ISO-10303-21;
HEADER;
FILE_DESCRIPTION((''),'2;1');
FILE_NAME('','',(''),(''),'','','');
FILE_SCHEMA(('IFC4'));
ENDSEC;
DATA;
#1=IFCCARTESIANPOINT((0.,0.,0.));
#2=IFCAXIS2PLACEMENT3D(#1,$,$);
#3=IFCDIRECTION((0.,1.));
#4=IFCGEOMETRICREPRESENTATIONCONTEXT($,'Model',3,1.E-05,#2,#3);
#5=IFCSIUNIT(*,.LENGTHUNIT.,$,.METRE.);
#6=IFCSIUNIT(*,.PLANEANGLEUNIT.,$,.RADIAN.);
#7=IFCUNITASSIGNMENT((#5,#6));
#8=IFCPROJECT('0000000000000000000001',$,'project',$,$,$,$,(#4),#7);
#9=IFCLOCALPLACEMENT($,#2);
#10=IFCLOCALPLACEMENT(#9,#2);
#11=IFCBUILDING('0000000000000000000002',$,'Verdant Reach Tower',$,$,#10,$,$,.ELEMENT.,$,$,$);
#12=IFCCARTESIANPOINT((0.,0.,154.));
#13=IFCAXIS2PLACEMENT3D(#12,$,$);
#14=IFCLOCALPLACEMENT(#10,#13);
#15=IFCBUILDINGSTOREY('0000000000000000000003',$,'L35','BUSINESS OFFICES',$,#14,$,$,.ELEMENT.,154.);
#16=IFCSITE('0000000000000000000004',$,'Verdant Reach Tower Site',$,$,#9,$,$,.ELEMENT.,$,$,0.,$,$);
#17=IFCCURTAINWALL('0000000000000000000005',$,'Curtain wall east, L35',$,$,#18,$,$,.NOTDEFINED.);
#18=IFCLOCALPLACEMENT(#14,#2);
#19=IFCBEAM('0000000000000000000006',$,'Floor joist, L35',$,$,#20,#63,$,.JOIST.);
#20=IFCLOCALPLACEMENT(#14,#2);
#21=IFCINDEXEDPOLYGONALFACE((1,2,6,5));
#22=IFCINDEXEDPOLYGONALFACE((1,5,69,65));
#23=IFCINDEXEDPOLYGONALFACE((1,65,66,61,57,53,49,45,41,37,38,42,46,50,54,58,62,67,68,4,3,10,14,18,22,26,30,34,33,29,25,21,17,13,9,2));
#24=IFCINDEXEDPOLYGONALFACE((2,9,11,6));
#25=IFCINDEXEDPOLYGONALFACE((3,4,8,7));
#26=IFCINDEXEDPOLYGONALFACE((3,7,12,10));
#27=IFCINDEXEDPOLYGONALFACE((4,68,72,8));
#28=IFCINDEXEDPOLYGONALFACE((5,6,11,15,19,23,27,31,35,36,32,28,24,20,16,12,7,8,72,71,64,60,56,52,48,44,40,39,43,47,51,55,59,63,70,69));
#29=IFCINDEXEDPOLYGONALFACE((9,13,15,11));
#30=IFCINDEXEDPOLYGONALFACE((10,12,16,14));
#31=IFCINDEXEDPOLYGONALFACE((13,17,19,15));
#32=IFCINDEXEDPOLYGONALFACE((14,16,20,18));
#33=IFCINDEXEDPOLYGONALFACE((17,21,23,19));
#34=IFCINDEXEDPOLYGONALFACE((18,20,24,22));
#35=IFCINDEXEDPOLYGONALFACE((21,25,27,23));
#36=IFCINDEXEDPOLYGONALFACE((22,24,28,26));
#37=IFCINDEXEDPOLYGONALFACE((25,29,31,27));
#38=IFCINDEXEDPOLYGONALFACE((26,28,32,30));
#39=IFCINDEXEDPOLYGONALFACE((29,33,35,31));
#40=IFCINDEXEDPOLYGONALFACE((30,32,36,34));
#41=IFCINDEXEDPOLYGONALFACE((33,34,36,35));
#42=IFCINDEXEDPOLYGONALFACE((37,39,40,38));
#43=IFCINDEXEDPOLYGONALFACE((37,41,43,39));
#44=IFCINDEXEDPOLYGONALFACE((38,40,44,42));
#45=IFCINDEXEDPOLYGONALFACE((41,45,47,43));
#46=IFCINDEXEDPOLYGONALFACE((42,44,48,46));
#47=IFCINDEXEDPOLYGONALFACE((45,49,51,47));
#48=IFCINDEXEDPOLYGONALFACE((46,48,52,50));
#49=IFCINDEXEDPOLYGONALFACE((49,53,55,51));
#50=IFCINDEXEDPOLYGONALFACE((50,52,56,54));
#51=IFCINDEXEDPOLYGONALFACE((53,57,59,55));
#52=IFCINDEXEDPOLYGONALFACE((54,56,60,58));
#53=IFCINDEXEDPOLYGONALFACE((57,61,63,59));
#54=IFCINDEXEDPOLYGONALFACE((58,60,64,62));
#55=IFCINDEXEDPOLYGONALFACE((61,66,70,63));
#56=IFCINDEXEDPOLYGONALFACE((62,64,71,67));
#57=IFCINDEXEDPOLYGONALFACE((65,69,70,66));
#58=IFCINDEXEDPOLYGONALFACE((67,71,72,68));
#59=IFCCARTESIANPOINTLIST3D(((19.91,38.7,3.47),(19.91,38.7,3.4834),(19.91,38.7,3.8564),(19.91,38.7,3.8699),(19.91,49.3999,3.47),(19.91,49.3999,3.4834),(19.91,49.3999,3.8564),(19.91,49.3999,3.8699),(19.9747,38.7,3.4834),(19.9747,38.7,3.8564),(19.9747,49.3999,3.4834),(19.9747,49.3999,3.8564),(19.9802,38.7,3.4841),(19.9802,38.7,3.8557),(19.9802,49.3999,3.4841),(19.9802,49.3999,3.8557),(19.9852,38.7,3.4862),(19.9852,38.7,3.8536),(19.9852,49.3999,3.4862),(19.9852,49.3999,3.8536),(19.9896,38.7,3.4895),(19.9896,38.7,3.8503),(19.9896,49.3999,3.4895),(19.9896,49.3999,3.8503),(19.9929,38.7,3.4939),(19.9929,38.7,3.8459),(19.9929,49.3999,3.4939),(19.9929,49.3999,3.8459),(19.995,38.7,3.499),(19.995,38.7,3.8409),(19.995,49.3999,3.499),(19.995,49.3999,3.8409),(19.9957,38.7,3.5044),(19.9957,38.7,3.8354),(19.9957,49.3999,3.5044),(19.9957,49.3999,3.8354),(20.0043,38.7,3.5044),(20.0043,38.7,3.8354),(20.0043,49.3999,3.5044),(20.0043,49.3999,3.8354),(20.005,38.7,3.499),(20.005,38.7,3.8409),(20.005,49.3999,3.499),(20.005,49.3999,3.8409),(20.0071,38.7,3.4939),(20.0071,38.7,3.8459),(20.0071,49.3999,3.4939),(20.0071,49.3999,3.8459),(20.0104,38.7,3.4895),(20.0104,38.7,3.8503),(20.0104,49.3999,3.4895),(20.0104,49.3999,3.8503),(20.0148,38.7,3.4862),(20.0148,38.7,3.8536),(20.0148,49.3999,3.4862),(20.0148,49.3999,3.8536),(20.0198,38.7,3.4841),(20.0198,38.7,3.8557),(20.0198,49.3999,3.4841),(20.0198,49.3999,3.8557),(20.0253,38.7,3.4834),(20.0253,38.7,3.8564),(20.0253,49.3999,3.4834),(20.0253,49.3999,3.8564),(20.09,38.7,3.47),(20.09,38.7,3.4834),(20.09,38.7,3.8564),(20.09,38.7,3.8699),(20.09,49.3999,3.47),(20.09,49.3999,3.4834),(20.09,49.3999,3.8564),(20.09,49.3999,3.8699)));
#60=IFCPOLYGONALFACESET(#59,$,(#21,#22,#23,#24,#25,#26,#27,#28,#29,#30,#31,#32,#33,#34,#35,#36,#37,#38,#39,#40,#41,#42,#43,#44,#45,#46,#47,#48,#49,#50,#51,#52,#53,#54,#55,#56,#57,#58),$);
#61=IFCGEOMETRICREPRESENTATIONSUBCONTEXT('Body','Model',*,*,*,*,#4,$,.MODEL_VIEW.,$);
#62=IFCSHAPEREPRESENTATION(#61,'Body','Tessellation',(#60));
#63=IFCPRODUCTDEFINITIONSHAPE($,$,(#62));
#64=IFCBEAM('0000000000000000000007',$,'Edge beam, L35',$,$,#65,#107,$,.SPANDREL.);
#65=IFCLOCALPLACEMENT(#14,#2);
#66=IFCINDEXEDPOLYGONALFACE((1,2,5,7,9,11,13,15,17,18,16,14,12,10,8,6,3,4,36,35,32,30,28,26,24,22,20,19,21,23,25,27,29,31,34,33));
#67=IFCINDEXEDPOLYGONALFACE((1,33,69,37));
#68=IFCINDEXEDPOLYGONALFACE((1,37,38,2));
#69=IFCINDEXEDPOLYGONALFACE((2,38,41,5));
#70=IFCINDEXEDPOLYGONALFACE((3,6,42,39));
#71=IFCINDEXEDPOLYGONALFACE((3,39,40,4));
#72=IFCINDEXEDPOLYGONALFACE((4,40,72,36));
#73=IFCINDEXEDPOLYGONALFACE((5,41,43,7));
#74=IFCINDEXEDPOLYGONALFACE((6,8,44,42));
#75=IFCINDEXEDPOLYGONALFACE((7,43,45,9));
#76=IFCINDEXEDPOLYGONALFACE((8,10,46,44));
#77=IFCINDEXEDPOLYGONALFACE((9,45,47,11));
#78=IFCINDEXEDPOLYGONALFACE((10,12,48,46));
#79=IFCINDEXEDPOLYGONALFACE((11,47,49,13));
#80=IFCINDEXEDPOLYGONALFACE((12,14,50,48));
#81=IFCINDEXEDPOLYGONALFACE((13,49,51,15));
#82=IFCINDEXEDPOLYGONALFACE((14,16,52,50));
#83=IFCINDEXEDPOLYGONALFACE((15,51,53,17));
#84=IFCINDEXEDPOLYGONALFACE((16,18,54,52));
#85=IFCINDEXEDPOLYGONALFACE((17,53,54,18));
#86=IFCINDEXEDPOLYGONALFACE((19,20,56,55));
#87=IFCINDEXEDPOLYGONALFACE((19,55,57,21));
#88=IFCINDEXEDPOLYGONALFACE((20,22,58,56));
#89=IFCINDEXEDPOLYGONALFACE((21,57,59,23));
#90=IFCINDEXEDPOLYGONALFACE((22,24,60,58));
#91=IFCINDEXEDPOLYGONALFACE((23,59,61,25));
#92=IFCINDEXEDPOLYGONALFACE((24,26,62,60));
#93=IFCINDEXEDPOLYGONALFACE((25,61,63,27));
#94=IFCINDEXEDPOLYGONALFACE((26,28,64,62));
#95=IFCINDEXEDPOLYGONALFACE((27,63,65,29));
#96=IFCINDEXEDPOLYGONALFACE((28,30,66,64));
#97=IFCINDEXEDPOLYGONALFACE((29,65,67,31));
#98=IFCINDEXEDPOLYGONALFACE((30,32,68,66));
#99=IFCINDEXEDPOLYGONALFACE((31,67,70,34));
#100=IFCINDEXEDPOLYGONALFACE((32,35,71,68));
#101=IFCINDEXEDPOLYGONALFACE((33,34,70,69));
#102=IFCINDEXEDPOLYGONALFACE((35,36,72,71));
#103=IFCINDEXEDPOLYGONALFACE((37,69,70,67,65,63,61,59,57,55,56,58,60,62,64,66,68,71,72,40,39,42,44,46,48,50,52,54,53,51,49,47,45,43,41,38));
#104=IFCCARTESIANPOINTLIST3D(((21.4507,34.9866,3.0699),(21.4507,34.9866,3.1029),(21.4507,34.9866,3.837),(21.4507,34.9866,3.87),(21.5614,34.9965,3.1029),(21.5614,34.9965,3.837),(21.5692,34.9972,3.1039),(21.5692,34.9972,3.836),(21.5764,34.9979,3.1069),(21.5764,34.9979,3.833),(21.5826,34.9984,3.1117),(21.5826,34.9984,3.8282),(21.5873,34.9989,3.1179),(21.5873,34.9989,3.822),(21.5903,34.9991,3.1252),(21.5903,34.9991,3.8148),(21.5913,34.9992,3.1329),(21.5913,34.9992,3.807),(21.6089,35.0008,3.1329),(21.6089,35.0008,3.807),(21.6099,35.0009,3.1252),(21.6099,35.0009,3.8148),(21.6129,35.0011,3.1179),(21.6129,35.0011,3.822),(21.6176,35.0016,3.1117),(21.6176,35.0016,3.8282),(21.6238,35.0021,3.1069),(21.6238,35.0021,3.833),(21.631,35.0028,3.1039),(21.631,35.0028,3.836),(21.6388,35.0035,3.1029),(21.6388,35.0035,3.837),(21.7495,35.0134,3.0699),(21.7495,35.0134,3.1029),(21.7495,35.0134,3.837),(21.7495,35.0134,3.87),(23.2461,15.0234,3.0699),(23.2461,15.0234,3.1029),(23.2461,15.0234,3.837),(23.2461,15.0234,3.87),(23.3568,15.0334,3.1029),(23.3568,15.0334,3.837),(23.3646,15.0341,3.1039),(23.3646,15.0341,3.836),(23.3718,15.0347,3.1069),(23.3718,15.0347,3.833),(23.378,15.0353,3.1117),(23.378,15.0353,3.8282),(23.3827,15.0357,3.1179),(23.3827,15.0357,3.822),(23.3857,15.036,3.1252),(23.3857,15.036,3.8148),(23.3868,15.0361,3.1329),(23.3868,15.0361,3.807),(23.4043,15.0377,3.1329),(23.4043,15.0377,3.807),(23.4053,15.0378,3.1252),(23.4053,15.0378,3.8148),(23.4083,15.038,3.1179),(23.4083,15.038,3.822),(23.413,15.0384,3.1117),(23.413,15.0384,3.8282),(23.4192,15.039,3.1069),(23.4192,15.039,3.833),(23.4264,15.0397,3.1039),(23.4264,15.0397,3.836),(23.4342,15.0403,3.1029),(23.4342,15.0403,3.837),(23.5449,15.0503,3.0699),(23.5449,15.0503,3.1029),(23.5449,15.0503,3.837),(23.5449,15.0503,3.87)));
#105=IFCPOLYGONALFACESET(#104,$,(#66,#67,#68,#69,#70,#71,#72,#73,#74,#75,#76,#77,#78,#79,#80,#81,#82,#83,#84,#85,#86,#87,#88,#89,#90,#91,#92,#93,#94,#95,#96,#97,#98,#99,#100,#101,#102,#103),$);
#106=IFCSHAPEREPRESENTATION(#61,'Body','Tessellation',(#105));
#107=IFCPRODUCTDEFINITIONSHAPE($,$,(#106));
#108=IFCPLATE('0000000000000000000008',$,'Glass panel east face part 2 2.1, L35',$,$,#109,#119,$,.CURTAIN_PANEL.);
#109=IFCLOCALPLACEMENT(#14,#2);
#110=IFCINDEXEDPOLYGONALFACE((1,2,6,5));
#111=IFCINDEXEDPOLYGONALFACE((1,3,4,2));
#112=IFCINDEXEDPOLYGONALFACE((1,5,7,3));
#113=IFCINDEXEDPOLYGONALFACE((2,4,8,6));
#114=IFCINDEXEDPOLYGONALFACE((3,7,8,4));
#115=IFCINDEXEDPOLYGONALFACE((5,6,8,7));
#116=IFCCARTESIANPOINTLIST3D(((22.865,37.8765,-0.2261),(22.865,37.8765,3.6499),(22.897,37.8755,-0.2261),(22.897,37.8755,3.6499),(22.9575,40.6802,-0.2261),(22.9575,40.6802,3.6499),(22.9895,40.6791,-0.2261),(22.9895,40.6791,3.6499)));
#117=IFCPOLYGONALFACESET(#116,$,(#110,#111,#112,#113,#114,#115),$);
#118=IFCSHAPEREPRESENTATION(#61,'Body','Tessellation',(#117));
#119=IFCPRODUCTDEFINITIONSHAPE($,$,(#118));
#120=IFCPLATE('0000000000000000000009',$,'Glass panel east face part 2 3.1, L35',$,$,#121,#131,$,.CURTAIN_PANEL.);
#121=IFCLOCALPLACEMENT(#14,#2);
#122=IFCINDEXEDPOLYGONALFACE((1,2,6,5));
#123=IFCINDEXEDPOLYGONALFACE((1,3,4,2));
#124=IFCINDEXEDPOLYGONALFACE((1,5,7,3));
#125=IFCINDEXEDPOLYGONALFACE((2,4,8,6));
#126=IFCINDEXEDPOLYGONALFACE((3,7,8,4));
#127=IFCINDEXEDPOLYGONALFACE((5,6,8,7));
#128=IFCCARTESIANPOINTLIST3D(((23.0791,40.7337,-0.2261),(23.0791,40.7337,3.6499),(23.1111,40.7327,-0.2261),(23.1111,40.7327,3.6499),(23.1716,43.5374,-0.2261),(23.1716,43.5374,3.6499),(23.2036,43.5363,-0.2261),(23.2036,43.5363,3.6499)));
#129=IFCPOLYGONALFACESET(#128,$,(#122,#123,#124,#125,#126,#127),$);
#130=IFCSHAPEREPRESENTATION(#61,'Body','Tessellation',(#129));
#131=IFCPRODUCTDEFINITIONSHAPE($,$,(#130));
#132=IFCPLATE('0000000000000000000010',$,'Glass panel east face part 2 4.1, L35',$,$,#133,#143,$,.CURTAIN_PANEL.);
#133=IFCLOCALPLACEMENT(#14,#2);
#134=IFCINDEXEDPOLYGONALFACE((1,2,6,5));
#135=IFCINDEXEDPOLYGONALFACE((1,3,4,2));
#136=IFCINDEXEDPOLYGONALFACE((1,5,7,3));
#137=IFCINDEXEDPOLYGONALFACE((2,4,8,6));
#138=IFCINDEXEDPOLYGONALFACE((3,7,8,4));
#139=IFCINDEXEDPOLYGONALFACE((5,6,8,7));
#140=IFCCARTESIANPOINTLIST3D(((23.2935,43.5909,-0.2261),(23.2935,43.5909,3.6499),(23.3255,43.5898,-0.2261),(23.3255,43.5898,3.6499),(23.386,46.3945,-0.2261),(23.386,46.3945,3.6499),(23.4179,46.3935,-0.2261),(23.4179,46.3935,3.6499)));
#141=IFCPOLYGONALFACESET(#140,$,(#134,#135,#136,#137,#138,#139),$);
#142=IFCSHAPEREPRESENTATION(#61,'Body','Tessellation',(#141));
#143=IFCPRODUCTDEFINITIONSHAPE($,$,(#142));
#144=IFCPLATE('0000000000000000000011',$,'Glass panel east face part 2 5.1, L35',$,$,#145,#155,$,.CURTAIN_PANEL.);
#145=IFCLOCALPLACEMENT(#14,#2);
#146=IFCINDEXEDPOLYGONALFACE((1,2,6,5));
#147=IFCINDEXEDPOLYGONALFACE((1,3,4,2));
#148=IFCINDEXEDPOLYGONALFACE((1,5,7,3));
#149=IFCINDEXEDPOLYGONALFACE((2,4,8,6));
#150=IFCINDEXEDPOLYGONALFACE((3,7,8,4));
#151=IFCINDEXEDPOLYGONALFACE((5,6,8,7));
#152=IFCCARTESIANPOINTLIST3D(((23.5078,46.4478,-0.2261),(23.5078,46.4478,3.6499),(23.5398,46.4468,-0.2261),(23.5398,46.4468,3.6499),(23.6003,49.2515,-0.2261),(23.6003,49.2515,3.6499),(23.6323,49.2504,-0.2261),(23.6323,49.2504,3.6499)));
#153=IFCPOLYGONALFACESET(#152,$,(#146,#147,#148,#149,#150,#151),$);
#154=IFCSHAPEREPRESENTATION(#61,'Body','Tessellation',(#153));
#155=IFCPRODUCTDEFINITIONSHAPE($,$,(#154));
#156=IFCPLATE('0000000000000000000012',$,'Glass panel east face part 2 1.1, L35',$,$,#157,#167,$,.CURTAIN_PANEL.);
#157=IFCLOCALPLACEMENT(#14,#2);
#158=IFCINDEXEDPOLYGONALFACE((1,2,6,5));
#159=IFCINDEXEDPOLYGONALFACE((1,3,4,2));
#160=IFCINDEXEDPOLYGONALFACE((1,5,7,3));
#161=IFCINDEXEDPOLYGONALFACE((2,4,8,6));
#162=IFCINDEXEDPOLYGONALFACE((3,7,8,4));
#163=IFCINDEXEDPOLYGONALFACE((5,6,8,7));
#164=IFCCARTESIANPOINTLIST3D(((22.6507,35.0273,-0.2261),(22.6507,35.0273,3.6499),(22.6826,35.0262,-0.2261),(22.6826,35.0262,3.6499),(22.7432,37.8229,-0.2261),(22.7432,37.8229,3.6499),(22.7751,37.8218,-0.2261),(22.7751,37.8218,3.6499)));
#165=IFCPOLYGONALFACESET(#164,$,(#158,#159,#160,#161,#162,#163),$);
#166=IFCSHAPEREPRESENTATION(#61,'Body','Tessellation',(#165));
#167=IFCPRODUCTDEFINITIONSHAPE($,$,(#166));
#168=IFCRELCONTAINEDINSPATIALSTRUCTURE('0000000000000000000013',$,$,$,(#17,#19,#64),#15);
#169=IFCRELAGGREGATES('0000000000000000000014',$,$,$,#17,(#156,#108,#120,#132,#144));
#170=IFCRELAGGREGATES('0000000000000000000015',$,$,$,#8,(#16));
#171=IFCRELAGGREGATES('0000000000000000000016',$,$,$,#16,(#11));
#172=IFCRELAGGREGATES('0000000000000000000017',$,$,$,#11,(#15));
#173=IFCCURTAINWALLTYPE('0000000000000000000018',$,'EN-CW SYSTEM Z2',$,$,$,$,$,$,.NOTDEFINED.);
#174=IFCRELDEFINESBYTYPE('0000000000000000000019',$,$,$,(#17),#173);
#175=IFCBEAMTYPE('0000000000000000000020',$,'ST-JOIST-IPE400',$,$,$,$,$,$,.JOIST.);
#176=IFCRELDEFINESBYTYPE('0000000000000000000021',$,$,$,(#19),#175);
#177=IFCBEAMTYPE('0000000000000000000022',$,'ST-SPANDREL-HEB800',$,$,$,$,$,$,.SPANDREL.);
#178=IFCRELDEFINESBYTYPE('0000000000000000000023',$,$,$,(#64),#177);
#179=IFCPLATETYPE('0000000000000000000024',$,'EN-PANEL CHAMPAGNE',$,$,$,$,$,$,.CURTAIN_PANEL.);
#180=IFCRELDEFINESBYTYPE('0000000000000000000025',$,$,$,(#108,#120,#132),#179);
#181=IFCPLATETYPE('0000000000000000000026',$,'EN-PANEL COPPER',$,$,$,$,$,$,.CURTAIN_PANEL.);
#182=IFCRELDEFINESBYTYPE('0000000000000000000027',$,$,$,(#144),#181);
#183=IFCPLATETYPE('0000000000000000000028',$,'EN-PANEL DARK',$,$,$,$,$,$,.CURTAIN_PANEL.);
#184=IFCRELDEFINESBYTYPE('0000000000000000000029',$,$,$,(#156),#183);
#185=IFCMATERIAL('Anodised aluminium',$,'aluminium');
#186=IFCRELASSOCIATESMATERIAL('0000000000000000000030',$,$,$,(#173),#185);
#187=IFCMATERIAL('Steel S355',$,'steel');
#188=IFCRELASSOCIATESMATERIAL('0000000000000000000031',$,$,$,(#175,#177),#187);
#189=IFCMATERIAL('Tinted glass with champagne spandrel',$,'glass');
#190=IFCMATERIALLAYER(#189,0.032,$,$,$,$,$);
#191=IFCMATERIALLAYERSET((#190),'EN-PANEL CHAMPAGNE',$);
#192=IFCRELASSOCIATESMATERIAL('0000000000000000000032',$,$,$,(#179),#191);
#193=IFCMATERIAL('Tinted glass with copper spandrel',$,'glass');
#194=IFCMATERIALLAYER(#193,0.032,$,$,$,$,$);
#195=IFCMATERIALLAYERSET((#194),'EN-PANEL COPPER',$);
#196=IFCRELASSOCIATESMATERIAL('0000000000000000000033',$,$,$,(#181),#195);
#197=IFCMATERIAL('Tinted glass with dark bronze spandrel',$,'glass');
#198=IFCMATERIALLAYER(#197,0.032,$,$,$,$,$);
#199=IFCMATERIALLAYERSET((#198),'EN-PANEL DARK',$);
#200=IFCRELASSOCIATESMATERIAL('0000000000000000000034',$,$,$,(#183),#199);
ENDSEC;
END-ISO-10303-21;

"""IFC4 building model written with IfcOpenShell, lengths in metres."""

from ifc_helpers import new_model, si_unit, direction, frame, origin, origin_2d, place, context, subcontext, project, spatial, rectangle, i_section, extrude, material, layer, layer_set, material_profile, profile_set, type_object, element, aggregate, save


model = new_model("IFC4")

# Units and contexts
model_context = context("Model", 3, precision=1e-05, world=origin(), true_north=direction((0.0, 1.0)))
body_context = subcontext(model_context, "Body", "Model", "MODEL_VIEW")
ifc_project = project(units=[si_unit("LENGTHUNIT", "METRE"), si_unit("PLANEANGLEUNIT", "RADIAN")], contexts=[model_context])

# Site, building, storey
site_placement = place(None, origin())
site = spatial("IfcSite", under=ifc_project, at=site_placement, Name="Verdant Reach Tower Site", CompositionType="ELEMENT", RefElevation=0.0)
building_placement = place(site_placement, origin())
building = spatial("IfcBuilding", under=site, at=building_placement, Name="Verdant Reach Tower", CompositionType="ELEMENT")
storey_placement = place(building_placement, frame((0.0, 0.0, 154.0)))
storey = spatial("IfcBuildingStorey", under=building, at=storey_placement, Name="L35", Description="BUSINESS OFFICES", CompositionType="ELEMENT", Elevation=154.0)

# Curtain wall
ifc_material_1 = material(Name="Anodised aluminium", Category="aluminium")
curtain_wall_type = type_object("IfcCurtainWallType", Name="EN-CW SYSTEM Z2", PredefinedType="NOTDEFINED", material=ifc_material_1)
curtain_wall_placement = place(storey_placement, origin())
curtain_wall = element("IfcCurtainWall", 1, at=curtain_wall_placement, inside=storey, type_object=curtain_wall_type, Name="Curtain wall east, L35", PredefinedType="NOTDEFINED")

# Beams
ifc_material_2 = material(Name="Steel S355", Category="steel")
ifc_material_profile_1 = material_profile(ifc_material_2, i_section(OverallWidth=0.1799, OverallDepth=0.3999, WebThickness=0.0085, FlangeThickness=0.0134, FilletRadius=0.021, at=origin_2d()), Name="IPE 400")
ifc_profile_set_1 = profile_set([ifc_material_profile_1], Name="Steel S355")
beam_type_1 = type_object("IfcBeamType", Name="ST-JOIST-IPE400", PredefinedType="JOIST", material=ifc_profile_set_1)
for number, where, z_axis, x_axis, name in (
    (2, (20.0, 38.7, 3.6699), (0.0, 1.0, 0.0), (-1.0, 0.0, 0.0), "Floor joist, L35"),
):
    element("IfcBeam", number, at=place(storey_placement, frame(where, z_axis=z_axis, x_axis=x_axis)), inside=storey, type_object=beam_type_1, Name=name, PredefinedType="JOIST", context=body_context, shape_type="SweptSolid", body=[
        extrude(i_section(OverallWidth=0.1799, OverallDepth=0.3999, WebThickness=0.0085, FlangeThickness=0.0134, FilletRadius=0.021, at=origin_2d()), origin(), (0.0, 0.0, 1.0), 10.7),
    ])
ifc_material_profile_2 = material_profile(ifc_material_2, i_section(OverallWidth=0.3, OverallDepth=0.8, WebThickness=0.0176, FlangeThickness=0.033, FilletRadius=0.03, at=origin_2d()), Name="HEB 800")
ifc_profile_set_2 = profile_set([ifc_material_profile_2], Name="Steel S355")
beam_type_2 = type_object("IfcBeamType", Name="ST-SPANDREL-HEB800", PredefinedType="SPANDREL", material=ifc_profile_set_2)
beam_1_placement = place(storey_placement, frame((21.6001, 35.0, 3.47), z_axis=(0.089575, -0.99598, 0.0), x_axis=(0.99598, 0.089575, 0.0)))
element("IfcBeam", 3, at=beam_1_placement, inside=storey, type_object=beam_type_2, Name="Edge beam, L35", PredefinedType="SPANDREL", context=body_context, shape_type="SweptSolid", body=[
    extrude(i_section(OverallWidth=0.3, OverallDepth=0.8, WebThickness=0.0176, FlangeThickness=0.033, FilletRadius=0.03, at=origin_2d()), origin(), (0.0, 0.0, 1.0), 20.0437),
])

# Plates
ifc_material_3 = material(Name="Tinted glass with champagne spandrel", Category="glass")
ifc_layer_1 = layer(ifc_material_3, 0.032)
ifc_layer_set_1 = layer_set([ifc_layer_1], Name="EN-PANEL CHAMPAGNE")
plate_type_1 = type_object("IfcPlateType", Name="EN-PANEL CHAMPAGNE", PredefinedType="CURTAIN_PANEL", material=ifc_layer_set_1)
plate_1_placement = place(storey_placement, frame((22.9272, 39.2778, -0.2261), z_axis=(0.0, 0.0, 1.0), x_axis=(0.032966, 0.999456, 0.0)))
plate_1 = element("IfcPlate", 4, at=plate_1_placement, type_object=plate_type_1, Name="Glass panel east face part 2 2.1, L35", PredefinedType="CURTAIN_PANEL", context=body_context, shape_type="SweptSolid", body=[
    extrude(rectangle(XDim=2.8052, YDim=0.032, at=origin_2d()), origin(), (0.0, 0.0, 1.0), 3.876),
])
plate_2_placement = place(storey_placement, frame((23.1414, 42.135, -0.2261), z_axis=(0.0, 0.0, 1.0), x_axis=(0.032966, 0.999456, 0.0)))
plate_2 = element("IfcPlate", 5, at=plate_2_placement, type_object=plate_type_1, Name="Glass panel east face part 2 3.1, L35", PredefinedType="CURTAIN_PANEL", context=body_context, shape_type="SweptSolid", body=[
    extrude(rectangle(XDim=2.8052, YDim=0.032, at=origin_2d()), origin(), (0.0, 0.0, 1.0), 3.876),
])
plate_3_placement = place(storey_placement, frame((23.3557, 44.9922, -0.2261), z_axis=(0.0, 0.0, 1.0), x_axis=(0.032966, 0.999456, 0.0)))
plate_3 = element("IfcPlate", 6, at=plate_3_placement, type_object=plate_type_1, Name="Glass panel east face part 2 4.1, L35", PredefinedType="CURTAIN_PANEL", context=body_context, shape_type="SweptSolid", body=[
    extrude(rectangle(XDim=2.8052, YDim=0.032, at=origin_2d()), origin(), (0.0, 0.0, 1.0), 3.876),
])
ifc_material_4 = material(Name="Tinted glass with copper spandrel", Category="glass")
ifc_layer_2 = layer(ifc_material_4, 0.032)
ifc_layer_set_2 = layer_set([ifc_layer_2], Name="EN-PANEL COPPER")
plate_type_2 = type_object("IfcPlateType", Name="EN-PANEL COPPER", PredefinedType="CURTAIN_PANEL", material=ifc_layer_set_2)
plate_4_placement = place(storey_placement, frame((23.5701, 47.8491, -0.2261), z_axis=(0.0, 0.0, 1.0), x_axis=(0.032966, 0.999456, 0.0)))
plate_4 = element("IfcPlate", 7, at=plate_4_placement, type_object=plate_type_2, Name="Glass panel east face part 2 5.1, L35", PredefinedType="CURTAIN_PANEL", context=body_context, shape_type="SweptSolid", body=[
    extrude(rectangle(XDim=2.8052, YDim=0.032, at=origin_2d()), origin(), (0.0, 0.0, 1.0), 3.876),
])
ifc_material_5 = material(Name="Tinted glass with dark bronze spandrel", Category="glass")
ifc_layer_3 = layer(ifc_material_5, 0.032)
ifc_layer_set_3 = layer_set([ifc_layer_3], Name="EN-PANEL DARK")
plate_type_3 = type_object("IfcPlateType", Name="EN-PANEL DARK", PredefinedType="CURTAIN_PANEL", material=ifc_layer_set_3)
plate_5_placement = place(storey_placement, frame((22.7129, 36.4246, -0.2261), z_axis=(0.0, 0.0, 1.0), x_axis=(0.03307, 0.999453, 0.0)))
plate_5 = element("IfcPlate", 8, at=plate_5_placement, type_object=plate_type_3, Name="Glass panel east face part 2 1.1, L35", PredefinedType="CURTAIN_PANEL", context=body_context, shape_type="SweptSolid", body=[
    extrude(rectangle(XDim=2.7971, YDim=0.032, at=origin_2d()), origin(), (0.0, 0.0, 1.0), 3.876),
])
aggregate(curtain_wall, [plate_5, plate_1, plate_2, plate_3, plate_4])

save(model, "model.ifc")
